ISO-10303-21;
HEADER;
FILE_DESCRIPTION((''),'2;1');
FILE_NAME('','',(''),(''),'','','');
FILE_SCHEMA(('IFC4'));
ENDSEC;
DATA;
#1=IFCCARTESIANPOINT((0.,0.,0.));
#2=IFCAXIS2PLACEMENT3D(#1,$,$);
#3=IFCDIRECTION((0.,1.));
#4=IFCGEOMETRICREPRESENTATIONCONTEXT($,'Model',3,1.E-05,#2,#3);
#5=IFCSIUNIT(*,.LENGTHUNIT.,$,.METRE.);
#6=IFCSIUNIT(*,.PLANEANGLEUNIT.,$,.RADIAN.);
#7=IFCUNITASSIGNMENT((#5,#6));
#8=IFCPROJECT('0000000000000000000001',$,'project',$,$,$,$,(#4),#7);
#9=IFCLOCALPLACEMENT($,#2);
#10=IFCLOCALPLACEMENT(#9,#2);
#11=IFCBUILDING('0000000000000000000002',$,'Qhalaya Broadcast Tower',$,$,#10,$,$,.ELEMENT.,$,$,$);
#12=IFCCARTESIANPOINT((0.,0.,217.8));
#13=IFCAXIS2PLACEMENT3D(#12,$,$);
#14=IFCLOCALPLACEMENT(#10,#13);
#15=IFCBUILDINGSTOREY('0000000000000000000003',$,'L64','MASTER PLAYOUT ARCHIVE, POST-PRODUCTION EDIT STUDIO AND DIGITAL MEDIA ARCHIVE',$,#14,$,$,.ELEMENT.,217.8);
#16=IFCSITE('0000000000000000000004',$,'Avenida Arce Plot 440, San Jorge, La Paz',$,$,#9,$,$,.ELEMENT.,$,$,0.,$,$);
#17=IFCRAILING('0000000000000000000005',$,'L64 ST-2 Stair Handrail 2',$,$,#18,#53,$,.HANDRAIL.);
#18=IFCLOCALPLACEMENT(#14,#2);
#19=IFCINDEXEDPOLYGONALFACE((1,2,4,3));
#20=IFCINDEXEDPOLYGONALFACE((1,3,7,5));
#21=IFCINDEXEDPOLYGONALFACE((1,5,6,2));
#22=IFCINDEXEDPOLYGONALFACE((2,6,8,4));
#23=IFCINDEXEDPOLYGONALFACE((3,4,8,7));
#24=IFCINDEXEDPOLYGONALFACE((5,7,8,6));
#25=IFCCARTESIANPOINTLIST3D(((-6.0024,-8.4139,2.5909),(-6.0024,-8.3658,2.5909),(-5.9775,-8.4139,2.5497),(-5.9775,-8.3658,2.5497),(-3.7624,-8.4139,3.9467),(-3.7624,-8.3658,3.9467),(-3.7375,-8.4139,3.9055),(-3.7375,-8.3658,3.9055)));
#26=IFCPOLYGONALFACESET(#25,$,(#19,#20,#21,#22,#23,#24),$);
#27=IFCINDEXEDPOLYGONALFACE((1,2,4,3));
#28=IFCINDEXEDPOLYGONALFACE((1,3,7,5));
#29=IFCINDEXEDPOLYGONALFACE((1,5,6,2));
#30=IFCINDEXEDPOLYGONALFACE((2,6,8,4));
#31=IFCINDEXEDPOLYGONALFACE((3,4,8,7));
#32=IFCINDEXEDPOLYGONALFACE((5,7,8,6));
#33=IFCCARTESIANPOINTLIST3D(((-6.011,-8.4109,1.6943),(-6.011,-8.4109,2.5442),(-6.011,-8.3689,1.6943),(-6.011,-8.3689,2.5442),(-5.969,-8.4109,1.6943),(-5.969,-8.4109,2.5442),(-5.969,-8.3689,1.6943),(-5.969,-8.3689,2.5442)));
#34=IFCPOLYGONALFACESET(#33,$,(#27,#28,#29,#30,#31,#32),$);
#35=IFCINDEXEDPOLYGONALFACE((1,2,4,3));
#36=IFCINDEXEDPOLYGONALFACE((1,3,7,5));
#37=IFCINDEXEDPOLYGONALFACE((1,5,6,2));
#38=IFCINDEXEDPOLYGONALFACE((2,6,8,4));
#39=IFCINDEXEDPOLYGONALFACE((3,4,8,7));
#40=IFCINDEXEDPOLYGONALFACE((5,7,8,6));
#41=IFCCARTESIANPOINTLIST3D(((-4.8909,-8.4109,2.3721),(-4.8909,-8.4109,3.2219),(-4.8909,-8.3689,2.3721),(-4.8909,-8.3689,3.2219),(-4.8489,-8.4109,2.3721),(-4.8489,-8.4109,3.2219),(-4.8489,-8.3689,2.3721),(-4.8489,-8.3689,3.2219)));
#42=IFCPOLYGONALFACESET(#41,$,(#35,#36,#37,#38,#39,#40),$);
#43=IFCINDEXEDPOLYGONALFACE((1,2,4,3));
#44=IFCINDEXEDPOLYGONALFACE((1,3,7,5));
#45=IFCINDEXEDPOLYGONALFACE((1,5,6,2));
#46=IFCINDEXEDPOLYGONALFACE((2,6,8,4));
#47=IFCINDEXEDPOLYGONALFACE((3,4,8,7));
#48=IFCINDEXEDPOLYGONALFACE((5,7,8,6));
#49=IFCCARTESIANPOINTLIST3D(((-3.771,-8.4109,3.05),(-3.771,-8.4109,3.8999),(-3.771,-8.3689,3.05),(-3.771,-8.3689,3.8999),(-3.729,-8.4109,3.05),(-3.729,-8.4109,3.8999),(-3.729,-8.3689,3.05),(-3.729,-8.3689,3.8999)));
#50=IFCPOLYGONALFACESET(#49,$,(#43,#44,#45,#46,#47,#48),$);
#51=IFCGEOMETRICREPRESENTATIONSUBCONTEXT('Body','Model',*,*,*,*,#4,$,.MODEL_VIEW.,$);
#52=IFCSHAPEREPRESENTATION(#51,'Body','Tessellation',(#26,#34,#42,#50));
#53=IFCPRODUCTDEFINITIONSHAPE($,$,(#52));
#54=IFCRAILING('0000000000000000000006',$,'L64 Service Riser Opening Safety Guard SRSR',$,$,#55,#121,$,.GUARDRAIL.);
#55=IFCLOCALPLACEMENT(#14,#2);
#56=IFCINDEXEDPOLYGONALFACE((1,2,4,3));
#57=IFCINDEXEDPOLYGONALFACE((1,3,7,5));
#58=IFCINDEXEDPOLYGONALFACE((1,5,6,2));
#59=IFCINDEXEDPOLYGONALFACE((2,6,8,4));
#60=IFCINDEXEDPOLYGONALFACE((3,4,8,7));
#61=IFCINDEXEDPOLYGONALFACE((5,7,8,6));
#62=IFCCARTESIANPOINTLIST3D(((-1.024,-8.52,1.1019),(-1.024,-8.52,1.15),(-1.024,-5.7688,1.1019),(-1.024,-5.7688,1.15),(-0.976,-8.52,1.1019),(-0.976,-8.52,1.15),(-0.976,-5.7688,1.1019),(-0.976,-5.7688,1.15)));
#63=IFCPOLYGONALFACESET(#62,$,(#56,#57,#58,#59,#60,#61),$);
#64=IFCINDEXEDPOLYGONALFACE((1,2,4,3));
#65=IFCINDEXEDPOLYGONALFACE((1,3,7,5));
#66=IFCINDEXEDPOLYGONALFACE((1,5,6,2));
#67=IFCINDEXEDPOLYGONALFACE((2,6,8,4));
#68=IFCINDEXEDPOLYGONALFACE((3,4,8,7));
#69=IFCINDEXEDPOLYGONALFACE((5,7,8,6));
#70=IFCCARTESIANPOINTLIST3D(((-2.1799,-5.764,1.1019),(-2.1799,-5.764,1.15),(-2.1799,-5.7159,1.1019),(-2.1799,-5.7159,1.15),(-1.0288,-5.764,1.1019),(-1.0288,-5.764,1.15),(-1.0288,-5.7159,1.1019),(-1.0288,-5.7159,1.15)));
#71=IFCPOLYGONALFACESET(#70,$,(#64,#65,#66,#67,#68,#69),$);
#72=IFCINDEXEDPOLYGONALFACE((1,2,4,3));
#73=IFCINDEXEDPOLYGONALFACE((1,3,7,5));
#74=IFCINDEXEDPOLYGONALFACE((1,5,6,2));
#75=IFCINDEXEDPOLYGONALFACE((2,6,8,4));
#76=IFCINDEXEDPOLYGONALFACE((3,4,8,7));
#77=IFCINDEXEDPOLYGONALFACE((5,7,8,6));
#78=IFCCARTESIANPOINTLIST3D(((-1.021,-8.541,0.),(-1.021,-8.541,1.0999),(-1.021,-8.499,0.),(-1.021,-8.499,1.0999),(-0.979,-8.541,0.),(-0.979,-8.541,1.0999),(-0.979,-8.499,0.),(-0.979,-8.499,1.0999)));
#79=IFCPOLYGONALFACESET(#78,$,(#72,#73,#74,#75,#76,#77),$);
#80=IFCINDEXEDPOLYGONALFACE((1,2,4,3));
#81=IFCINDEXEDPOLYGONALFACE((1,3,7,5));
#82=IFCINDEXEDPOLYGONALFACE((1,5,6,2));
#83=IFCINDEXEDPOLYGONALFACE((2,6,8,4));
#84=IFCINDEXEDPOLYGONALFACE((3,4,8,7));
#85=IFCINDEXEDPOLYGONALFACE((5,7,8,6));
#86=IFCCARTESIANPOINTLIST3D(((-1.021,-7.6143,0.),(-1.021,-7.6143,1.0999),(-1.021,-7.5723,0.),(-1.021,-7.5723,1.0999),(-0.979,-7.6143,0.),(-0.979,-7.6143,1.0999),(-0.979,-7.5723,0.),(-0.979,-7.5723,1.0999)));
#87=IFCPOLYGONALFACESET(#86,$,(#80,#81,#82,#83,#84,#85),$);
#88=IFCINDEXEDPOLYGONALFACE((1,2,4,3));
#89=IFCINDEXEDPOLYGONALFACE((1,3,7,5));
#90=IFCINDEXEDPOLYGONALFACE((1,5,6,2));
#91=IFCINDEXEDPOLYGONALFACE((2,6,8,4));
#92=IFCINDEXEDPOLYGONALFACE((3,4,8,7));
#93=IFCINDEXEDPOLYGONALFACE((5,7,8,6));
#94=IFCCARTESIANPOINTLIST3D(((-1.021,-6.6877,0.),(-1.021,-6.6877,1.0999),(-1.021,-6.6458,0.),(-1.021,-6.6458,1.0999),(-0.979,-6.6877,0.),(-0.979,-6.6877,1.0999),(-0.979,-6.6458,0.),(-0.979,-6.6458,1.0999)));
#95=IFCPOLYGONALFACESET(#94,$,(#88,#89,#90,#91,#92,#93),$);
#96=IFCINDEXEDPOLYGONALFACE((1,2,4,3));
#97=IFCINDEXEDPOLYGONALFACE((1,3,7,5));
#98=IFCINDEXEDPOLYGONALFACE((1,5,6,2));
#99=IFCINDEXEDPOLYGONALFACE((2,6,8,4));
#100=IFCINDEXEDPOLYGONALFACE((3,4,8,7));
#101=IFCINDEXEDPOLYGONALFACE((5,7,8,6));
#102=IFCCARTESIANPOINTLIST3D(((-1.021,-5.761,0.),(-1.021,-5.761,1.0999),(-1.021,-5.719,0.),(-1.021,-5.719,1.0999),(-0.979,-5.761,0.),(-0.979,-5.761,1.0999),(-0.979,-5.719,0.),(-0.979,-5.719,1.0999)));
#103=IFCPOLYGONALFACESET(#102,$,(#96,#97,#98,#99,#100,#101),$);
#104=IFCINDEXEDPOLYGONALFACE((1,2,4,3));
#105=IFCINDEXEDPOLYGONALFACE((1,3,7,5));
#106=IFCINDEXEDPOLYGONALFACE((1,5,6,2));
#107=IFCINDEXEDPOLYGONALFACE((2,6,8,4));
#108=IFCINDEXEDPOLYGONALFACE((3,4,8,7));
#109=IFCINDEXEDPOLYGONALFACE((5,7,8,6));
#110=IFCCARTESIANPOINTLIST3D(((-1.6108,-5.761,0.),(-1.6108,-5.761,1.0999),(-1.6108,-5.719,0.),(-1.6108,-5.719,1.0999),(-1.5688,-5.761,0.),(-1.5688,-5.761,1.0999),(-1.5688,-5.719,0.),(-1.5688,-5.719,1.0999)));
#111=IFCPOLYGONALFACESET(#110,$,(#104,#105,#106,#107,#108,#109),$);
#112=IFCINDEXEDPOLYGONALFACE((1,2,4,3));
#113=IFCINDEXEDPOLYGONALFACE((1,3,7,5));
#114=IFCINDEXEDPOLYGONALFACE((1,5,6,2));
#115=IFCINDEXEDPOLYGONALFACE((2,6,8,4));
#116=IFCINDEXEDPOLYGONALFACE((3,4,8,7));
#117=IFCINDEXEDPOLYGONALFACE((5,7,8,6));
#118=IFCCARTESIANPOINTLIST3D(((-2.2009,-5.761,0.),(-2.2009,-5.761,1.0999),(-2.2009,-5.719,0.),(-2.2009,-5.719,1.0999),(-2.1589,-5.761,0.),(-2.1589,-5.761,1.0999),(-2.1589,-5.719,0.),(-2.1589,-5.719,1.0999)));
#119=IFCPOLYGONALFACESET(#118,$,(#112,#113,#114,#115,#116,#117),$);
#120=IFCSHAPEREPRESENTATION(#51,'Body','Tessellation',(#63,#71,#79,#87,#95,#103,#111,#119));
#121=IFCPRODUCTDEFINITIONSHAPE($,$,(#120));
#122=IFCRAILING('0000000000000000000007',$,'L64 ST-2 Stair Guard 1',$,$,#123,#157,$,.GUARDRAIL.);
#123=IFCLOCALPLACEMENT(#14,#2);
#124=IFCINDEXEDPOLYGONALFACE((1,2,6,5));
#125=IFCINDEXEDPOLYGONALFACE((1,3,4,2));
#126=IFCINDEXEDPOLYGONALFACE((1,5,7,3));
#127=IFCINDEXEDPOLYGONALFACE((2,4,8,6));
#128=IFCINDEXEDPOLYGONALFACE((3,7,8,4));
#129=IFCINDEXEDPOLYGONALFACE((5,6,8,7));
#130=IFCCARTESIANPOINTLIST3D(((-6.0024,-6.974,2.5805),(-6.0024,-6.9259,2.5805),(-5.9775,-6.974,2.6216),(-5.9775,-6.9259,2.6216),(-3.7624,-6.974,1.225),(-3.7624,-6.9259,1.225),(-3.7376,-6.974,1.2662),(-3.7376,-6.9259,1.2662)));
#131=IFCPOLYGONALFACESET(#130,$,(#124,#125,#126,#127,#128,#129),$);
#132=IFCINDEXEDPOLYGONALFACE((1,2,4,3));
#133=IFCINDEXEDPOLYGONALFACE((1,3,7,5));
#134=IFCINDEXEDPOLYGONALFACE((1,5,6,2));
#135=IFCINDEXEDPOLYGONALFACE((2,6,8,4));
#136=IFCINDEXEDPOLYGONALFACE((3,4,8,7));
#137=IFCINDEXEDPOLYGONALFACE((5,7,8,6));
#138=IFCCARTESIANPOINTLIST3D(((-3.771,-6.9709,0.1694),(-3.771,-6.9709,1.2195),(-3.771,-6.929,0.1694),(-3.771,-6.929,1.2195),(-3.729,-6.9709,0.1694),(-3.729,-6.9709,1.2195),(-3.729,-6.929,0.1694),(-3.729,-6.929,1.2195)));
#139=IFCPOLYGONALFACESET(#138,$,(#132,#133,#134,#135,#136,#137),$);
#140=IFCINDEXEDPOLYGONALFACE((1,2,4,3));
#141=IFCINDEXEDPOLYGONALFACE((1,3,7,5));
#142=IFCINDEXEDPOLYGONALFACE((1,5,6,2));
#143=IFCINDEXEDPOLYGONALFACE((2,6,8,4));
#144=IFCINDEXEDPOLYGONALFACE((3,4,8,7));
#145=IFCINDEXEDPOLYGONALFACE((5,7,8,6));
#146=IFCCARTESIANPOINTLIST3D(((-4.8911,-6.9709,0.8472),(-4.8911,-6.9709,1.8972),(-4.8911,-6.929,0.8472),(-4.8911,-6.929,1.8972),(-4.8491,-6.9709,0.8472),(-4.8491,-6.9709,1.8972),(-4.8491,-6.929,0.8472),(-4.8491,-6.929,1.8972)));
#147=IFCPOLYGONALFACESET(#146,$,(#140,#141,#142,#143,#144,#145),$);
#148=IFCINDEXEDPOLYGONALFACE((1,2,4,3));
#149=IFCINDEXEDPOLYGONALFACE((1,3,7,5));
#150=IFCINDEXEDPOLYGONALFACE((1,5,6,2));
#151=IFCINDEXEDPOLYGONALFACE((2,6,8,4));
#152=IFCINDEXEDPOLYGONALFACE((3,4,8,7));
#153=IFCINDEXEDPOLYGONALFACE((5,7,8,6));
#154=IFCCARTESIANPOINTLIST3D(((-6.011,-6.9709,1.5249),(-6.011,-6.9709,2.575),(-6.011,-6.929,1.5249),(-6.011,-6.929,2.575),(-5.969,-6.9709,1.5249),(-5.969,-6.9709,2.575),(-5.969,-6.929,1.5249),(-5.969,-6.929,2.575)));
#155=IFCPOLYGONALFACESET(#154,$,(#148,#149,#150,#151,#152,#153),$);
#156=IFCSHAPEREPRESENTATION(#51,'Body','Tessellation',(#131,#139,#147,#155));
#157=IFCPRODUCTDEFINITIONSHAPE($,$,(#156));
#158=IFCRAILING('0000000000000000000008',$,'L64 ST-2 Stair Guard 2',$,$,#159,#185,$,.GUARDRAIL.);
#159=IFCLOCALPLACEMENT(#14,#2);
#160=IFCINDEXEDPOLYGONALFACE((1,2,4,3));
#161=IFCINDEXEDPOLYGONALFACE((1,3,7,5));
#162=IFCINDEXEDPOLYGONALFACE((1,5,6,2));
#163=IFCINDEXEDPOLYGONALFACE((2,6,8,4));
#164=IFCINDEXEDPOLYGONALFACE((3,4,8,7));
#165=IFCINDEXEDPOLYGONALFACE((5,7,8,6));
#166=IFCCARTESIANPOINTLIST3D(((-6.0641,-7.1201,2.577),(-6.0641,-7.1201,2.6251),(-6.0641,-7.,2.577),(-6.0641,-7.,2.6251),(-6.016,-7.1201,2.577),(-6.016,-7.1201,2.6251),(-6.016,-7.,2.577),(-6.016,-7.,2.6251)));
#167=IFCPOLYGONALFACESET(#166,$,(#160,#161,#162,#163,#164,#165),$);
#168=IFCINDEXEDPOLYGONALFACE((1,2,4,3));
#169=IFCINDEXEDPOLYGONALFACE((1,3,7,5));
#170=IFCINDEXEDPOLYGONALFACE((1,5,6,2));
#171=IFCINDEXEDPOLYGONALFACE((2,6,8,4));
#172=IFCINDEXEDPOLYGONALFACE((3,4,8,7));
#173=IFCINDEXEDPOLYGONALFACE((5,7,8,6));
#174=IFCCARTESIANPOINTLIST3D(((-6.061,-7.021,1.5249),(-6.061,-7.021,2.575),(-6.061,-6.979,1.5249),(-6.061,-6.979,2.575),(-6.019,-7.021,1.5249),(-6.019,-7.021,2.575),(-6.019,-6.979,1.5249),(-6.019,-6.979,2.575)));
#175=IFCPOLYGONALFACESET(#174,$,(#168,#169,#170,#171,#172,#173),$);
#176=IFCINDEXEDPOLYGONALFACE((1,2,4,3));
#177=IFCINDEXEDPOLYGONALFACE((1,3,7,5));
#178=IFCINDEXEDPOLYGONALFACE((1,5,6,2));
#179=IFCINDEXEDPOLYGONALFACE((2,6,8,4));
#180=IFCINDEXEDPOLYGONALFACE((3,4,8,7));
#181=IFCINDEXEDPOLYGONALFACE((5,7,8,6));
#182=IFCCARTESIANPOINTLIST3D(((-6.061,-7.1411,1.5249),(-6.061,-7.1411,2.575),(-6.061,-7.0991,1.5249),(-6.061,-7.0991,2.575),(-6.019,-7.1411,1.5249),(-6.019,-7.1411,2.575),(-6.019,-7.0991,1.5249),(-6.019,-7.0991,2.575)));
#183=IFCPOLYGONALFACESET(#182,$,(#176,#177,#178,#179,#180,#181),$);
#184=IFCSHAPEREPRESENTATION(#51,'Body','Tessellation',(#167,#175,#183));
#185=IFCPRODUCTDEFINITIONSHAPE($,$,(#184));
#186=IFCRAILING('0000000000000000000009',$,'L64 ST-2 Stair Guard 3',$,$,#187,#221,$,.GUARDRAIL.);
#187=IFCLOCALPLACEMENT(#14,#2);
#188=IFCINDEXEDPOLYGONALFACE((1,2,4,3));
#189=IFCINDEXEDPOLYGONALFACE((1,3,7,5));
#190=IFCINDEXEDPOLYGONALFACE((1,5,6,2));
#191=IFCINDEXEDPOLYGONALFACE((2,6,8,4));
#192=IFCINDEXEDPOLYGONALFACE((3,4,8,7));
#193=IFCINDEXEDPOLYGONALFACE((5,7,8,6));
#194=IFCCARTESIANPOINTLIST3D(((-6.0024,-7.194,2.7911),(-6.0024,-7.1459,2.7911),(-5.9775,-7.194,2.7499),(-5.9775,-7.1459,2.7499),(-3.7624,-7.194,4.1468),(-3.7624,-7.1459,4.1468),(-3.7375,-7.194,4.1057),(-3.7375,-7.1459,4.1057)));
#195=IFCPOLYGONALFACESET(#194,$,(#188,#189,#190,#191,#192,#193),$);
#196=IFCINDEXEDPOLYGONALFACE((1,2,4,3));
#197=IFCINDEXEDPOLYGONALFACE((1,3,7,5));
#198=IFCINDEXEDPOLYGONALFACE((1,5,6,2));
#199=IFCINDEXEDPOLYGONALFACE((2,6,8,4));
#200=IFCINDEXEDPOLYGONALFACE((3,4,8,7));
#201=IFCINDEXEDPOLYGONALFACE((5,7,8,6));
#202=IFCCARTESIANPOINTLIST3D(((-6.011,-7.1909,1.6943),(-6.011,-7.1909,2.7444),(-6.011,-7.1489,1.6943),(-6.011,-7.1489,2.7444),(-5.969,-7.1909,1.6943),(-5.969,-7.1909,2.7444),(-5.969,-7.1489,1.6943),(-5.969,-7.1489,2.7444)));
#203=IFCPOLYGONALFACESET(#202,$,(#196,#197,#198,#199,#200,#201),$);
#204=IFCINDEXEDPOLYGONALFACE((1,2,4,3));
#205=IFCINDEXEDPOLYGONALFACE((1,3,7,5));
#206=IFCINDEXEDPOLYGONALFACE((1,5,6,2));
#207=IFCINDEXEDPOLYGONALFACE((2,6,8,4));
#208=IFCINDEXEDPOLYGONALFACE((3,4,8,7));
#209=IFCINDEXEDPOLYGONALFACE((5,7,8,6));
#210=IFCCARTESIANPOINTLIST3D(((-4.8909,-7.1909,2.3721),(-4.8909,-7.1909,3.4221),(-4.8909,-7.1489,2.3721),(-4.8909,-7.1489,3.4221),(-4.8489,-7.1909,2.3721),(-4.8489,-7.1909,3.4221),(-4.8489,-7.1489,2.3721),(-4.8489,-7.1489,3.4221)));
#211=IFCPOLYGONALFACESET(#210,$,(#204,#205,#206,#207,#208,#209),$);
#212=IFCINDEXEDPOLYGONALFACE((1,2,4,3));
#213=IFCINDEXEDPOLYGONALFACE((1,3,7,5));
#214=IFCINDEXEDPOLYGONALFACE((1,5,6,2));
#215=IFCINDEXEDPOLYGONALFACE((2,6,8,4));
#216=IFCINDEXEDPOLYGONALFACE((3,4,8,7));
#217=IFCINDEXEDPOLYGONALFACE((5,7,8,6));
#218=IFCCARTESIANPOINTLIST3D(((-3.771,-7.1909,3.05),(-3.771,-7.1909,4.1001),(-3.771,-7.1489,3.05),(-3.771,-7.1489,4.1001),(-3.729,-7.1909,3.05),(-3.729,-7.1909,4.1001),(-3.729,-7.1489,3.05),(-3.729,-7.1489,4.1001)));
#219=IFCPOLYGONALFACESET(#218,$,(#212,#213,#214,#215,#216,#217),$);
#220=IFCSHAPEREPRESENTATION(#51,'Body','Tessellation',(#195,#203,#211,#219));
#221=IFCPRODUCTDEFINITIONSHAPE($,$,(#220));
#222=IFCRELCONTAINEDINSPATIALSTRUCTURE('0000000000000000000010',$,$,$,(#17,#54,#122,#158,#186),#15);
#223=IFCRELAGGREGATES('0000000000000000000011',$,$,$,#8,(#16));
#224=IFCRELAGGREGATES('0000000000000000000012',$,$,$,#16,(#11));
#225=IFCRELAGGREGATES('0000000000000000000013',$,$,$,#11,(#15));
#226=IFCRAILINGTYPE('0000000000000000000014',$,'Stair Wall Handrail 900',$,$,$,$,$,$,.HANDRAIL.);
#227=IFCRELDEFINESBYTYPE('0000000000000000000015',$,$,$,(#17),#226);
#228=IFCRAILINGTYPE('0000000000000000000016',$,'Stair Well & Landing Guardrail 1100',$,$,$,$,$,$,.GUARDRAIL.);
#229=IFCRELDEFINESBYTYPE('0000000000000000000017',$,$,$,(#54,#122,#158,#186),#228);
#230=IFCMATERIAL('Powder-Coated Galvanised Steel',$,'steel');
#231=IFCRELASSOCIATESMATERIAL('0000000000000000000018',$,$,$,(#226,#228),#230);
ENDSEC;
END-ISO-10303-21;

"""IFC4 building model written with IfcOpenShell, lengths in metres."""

from ifc_helpers import new_model, si_unit, direction, frame, origin, origin_2d, place, context, subcontext, project, spatial, rectangle, extrude, material, type_object, element, save


model = new_model("IFC4")

# Units and contexts
model_context = context("Model", 3, precision=1e-05, world=origin(), true_north=direction((0.0, 1.0)))
body_context = subcontext(model_context, "Body", "Model", "MODEL_VIEW")
ifc_project = project(units=[si_unit("LENGTHUNIT", "METRE"), si_unit("PLANEANGLEUNIT", "RADIAN")], contexts=[model_context])

# Site, building, storey
site_placement = place(None, origin())
site = spatial("IfcSite", under=ifc_project, at=site_placement, Name="Avenida Arce Plot 440, San Jorge, La Paz", CompositionType="ELEMENT", RefElevation=0.0)
building_placement = place(site_placement, origin())
building = spatial("IfcBuilding", under=site, at=building_placement, Name="Qhalaya Broadcast Tower", CompositionType="ELEMENT")
storey_placement = place(building_placement, frame((0.0, 0.0, 217.8)))
storey = spatial("IfcBuildingStorey", under=building, at=storey_placement, Name="L64", Description="MASTER PLAYOUT ARCHIVE, POST-PRODUCTION EDIT STUDIO AND DIGITAL MEDIA ARCHIVE", CompositionType="ELEMENT", Elevation=217.8)

# Railings
ifc_material_1 = material(Name="Powder-Coated Galvanised Steel", Category="steel")
railing_type_1 = type_object("IfcRailingType", Name="Stair Wall Handrail 900", PredefinedType="HANDRAIL", material=ifc_material_1)
railing_1_placement = place(storey_placement, frame((-5.99, -8.3899, 1.6943)))
element("IfcRailing", 1, at=railing_1_placement, inside=storey, type_object=railing_type_1, Name="L64 ST-2 Stair Handrail 2", PredefinedType="HANDRAIL", context=body_context, shape_type="SweptSolid", body=[
    extrude(rectangle(XDim=0.0481, YDim=0.0481, at=origin_2d()), frame((0.0, 0.0, 0.876), z_axis=(0.855512, 0.0, 0.517783), x_axis=(0.0, 1.0, 0.0)), (0.0, 0.0, 1.0), 2.6184),
    extrude(rectangle(XDim=0.042, YDim=0.042, at=origin_2d()), origin(), (0.0, 0.0, 1.0), 0.8499),
    extrude(rectangle(XDim=0.042, YDim=0.042, at=origin_2d()), frame((1.1201, 0.0, 0.6777)), (0.0, 0.0, 1.0), 0.8499),
    extrude(rectangle(XDim=0.042, YDim=0.042, at=origin_2d()), frame((2.24, 0.0, 1.3557)), (0.0, 0.0, 1.0), 0.8499),
])
railing_type_2 = type_object("IfcRailingType", Name="Stair Well & Landing Guardrail 1100", PredefinedType="GUARDRAIL", material=ifc_material_1)
railing_2_placement = place(storey_placement, frame((-1.0, -8.52, 0.0)))
element("IfcRailing", 2, at=railing_2_placement, inside=storey, type_object=railing_type_2, Name="L64 Service Riser Opening Safety Guard SRSR", PredefinedType="GUARDRAIL", context=body_context, shape_type="SweptSolid", body=[
    extrude(rectangle(XDim=0.0481, YDim=0.0481, at=origin_2d()), frame((0.0, 0.0, 1.126), z_axis=(0.0, 1.0, 0.0), x_axis=(-1.0, 0.0, 0.0)), (0.0, 0.0, 1.0), 2.7512),
    extrude(rectangle(XDim=0.0481, YDim=0.0481, at=origin_2d()), frame((-0.0288, 2.78, 1.126), z_axis=(-1.0, 0.0, 0.0), x_axis=(0.0, -1.0, 0.0)), (0.0, 0.0, 1.0), 1.1511),
    extrude(rectangle(XDim=0.042, YDim=0.042, at=origin_2d()), origin(), (0.0, 0.0, 1.0), 1.0999),
    extrude(rectangle(XDim=0.042, YDim=0.042, at=origin_2d()), frame((0.0, 0.9268, 0.0)), (0.0, 0.0, 1.0), 1.0999),
    extrude(rectangle(XDim=0.042, YDim=0.042, at=origin_2d()), frame((0.0, 1.8533, 0.0)), (0.0, 0.0, 1.0), 1.0999),
    extrude(rectangle(XDim=0.042, YDim=0.042, at=origin_2d()), frame((0.0, 2.78, 0.0)), (0.0, 0.0, 1.0), 1.0999),
    extrude(rectangle(XDim=0.042, YDim=0.042, at=origin_2d()), frame((-0.5898, 2.78, 0.0)), (0.0, 0.0, 1.0), 1.0999),
    extrude(rectangle(XDim=0.042, YDim=0.042, at=origin_2d()), frame((-1.1799, 2.78, 0.0)), (0.0, 0.0, 1.0), 1.0999),
])
railing_3_placement = place(storey_placement, frame((-3.75, -6.95, 0.1694)))
element("IfcRailing", 3, at=railing_3_placement, inside=storey, type_object=railing_type_2, Name="L64 ST-2 Stair Guard 1", PredefinedType="GUARDRAIL", context=body_context, shape_type="SweptSolid", body=[
    extrude(rectangle(XDim=0.0481, YDim=0.0481, at=origin_2d()), frame((0.0, 0.0, 1.0762), z_axis=(-0.855553, 0.0, 0.517715), x_axis=(0.0, -1.0, 0.0)), (0.0, 0.0, 1.0), 2.6182),
    extrude(rectangle(XDim=0.042, YDim=0.042, at=origin_2d()), origin(), (0.0, 0.0, 1.0), 1.05),
    extrude(rectangle(XDim=0.042, YDim=0.042, at=origin_2d()), frame((-1.1201, 0.0, 0.6777)), (0.0, 0.0, 1.0), 1.05),
    extrude(rectangle(XDim=0.042, YDim=0.042, at=origin_2d()), frame((-2.24, 0.0, 1.3555)), (0.0, 0.0, 1.0), 1.05),
])
railing_4_placement = place(storey_placement, frame((-6.04, -7.0, 1.5249)))
element("IfcRailing", 4, at=railing_4_placement, inside=storey, type_object=railing_type_2, Name="L64 ST-2 Stair Guard 2", PredefinedType="GUARDRAIL", context=body_context, shape_type="SweptSolid", body=[
    extrude(rectangle(XDim=0.0481, YDim=0.0481, at=origin_2d()), frame((0.0, 0.0, 1.0762), z_axis=(0.0, -1.0, 0.0), x_axis=(1.0, 0.0, 0.0)), (0.0, 0.0, 1.0), 0.1201),
    extrude(rectangle(XDim=0.042, YDim=0.042, at=origin_2d()), origin(), (0.0, 0.0, 1.0), 1.05),
    extrude(rectangle(XDim=0.042, YDim=0.042, at=origin_2d()), frame((0.0, -0.1201, 0.0)), (0.0, 0.0, 1.0), 1.05),
])
railing_5_placement = place(storey_placement, frame((-5.99, -7.1699, 1.6943)))
element("IfcRailing", 5, at=railing_5_placement, inside=storey, type_object=railing_type_2, Name="L64 ST-2 Stair Guard 3", PredefinedType="GUARDRAIL", context=body_context, shape_type="SweptSolid", body=[
    extrude(rectangle(XDim=0.0481, YDim=0.0481, at=origin_2d()), frame((0.0, 0.0, 1.0762), z_axis=(0.855512, 0.0, 0.517783), x_axis=(0.0, 1.0, 0.0)), (0.0, 0.0, 1.0), 2.6184),
    extrude(rectangle(XDim=0.042, YDim=0.042, at=origin_2d()), origin(), (0.0, 0.0, 1.0), 1.05),
    extrude(rectangle(XDim=0.042, YDim=0.042, at=origin_2d()), frame((1.1201, 0.0, 0.6777)), (0.0, 0.0, 1.0), 1.05),
    extrude(rectangle(XDim=0.042, YDim=0.042, at=origin_2d()), frame((2.24, 0.0, 1.3557)), (0.0, 0.0, 1.0), 1.05),
])

save(model, "model.ifc")
